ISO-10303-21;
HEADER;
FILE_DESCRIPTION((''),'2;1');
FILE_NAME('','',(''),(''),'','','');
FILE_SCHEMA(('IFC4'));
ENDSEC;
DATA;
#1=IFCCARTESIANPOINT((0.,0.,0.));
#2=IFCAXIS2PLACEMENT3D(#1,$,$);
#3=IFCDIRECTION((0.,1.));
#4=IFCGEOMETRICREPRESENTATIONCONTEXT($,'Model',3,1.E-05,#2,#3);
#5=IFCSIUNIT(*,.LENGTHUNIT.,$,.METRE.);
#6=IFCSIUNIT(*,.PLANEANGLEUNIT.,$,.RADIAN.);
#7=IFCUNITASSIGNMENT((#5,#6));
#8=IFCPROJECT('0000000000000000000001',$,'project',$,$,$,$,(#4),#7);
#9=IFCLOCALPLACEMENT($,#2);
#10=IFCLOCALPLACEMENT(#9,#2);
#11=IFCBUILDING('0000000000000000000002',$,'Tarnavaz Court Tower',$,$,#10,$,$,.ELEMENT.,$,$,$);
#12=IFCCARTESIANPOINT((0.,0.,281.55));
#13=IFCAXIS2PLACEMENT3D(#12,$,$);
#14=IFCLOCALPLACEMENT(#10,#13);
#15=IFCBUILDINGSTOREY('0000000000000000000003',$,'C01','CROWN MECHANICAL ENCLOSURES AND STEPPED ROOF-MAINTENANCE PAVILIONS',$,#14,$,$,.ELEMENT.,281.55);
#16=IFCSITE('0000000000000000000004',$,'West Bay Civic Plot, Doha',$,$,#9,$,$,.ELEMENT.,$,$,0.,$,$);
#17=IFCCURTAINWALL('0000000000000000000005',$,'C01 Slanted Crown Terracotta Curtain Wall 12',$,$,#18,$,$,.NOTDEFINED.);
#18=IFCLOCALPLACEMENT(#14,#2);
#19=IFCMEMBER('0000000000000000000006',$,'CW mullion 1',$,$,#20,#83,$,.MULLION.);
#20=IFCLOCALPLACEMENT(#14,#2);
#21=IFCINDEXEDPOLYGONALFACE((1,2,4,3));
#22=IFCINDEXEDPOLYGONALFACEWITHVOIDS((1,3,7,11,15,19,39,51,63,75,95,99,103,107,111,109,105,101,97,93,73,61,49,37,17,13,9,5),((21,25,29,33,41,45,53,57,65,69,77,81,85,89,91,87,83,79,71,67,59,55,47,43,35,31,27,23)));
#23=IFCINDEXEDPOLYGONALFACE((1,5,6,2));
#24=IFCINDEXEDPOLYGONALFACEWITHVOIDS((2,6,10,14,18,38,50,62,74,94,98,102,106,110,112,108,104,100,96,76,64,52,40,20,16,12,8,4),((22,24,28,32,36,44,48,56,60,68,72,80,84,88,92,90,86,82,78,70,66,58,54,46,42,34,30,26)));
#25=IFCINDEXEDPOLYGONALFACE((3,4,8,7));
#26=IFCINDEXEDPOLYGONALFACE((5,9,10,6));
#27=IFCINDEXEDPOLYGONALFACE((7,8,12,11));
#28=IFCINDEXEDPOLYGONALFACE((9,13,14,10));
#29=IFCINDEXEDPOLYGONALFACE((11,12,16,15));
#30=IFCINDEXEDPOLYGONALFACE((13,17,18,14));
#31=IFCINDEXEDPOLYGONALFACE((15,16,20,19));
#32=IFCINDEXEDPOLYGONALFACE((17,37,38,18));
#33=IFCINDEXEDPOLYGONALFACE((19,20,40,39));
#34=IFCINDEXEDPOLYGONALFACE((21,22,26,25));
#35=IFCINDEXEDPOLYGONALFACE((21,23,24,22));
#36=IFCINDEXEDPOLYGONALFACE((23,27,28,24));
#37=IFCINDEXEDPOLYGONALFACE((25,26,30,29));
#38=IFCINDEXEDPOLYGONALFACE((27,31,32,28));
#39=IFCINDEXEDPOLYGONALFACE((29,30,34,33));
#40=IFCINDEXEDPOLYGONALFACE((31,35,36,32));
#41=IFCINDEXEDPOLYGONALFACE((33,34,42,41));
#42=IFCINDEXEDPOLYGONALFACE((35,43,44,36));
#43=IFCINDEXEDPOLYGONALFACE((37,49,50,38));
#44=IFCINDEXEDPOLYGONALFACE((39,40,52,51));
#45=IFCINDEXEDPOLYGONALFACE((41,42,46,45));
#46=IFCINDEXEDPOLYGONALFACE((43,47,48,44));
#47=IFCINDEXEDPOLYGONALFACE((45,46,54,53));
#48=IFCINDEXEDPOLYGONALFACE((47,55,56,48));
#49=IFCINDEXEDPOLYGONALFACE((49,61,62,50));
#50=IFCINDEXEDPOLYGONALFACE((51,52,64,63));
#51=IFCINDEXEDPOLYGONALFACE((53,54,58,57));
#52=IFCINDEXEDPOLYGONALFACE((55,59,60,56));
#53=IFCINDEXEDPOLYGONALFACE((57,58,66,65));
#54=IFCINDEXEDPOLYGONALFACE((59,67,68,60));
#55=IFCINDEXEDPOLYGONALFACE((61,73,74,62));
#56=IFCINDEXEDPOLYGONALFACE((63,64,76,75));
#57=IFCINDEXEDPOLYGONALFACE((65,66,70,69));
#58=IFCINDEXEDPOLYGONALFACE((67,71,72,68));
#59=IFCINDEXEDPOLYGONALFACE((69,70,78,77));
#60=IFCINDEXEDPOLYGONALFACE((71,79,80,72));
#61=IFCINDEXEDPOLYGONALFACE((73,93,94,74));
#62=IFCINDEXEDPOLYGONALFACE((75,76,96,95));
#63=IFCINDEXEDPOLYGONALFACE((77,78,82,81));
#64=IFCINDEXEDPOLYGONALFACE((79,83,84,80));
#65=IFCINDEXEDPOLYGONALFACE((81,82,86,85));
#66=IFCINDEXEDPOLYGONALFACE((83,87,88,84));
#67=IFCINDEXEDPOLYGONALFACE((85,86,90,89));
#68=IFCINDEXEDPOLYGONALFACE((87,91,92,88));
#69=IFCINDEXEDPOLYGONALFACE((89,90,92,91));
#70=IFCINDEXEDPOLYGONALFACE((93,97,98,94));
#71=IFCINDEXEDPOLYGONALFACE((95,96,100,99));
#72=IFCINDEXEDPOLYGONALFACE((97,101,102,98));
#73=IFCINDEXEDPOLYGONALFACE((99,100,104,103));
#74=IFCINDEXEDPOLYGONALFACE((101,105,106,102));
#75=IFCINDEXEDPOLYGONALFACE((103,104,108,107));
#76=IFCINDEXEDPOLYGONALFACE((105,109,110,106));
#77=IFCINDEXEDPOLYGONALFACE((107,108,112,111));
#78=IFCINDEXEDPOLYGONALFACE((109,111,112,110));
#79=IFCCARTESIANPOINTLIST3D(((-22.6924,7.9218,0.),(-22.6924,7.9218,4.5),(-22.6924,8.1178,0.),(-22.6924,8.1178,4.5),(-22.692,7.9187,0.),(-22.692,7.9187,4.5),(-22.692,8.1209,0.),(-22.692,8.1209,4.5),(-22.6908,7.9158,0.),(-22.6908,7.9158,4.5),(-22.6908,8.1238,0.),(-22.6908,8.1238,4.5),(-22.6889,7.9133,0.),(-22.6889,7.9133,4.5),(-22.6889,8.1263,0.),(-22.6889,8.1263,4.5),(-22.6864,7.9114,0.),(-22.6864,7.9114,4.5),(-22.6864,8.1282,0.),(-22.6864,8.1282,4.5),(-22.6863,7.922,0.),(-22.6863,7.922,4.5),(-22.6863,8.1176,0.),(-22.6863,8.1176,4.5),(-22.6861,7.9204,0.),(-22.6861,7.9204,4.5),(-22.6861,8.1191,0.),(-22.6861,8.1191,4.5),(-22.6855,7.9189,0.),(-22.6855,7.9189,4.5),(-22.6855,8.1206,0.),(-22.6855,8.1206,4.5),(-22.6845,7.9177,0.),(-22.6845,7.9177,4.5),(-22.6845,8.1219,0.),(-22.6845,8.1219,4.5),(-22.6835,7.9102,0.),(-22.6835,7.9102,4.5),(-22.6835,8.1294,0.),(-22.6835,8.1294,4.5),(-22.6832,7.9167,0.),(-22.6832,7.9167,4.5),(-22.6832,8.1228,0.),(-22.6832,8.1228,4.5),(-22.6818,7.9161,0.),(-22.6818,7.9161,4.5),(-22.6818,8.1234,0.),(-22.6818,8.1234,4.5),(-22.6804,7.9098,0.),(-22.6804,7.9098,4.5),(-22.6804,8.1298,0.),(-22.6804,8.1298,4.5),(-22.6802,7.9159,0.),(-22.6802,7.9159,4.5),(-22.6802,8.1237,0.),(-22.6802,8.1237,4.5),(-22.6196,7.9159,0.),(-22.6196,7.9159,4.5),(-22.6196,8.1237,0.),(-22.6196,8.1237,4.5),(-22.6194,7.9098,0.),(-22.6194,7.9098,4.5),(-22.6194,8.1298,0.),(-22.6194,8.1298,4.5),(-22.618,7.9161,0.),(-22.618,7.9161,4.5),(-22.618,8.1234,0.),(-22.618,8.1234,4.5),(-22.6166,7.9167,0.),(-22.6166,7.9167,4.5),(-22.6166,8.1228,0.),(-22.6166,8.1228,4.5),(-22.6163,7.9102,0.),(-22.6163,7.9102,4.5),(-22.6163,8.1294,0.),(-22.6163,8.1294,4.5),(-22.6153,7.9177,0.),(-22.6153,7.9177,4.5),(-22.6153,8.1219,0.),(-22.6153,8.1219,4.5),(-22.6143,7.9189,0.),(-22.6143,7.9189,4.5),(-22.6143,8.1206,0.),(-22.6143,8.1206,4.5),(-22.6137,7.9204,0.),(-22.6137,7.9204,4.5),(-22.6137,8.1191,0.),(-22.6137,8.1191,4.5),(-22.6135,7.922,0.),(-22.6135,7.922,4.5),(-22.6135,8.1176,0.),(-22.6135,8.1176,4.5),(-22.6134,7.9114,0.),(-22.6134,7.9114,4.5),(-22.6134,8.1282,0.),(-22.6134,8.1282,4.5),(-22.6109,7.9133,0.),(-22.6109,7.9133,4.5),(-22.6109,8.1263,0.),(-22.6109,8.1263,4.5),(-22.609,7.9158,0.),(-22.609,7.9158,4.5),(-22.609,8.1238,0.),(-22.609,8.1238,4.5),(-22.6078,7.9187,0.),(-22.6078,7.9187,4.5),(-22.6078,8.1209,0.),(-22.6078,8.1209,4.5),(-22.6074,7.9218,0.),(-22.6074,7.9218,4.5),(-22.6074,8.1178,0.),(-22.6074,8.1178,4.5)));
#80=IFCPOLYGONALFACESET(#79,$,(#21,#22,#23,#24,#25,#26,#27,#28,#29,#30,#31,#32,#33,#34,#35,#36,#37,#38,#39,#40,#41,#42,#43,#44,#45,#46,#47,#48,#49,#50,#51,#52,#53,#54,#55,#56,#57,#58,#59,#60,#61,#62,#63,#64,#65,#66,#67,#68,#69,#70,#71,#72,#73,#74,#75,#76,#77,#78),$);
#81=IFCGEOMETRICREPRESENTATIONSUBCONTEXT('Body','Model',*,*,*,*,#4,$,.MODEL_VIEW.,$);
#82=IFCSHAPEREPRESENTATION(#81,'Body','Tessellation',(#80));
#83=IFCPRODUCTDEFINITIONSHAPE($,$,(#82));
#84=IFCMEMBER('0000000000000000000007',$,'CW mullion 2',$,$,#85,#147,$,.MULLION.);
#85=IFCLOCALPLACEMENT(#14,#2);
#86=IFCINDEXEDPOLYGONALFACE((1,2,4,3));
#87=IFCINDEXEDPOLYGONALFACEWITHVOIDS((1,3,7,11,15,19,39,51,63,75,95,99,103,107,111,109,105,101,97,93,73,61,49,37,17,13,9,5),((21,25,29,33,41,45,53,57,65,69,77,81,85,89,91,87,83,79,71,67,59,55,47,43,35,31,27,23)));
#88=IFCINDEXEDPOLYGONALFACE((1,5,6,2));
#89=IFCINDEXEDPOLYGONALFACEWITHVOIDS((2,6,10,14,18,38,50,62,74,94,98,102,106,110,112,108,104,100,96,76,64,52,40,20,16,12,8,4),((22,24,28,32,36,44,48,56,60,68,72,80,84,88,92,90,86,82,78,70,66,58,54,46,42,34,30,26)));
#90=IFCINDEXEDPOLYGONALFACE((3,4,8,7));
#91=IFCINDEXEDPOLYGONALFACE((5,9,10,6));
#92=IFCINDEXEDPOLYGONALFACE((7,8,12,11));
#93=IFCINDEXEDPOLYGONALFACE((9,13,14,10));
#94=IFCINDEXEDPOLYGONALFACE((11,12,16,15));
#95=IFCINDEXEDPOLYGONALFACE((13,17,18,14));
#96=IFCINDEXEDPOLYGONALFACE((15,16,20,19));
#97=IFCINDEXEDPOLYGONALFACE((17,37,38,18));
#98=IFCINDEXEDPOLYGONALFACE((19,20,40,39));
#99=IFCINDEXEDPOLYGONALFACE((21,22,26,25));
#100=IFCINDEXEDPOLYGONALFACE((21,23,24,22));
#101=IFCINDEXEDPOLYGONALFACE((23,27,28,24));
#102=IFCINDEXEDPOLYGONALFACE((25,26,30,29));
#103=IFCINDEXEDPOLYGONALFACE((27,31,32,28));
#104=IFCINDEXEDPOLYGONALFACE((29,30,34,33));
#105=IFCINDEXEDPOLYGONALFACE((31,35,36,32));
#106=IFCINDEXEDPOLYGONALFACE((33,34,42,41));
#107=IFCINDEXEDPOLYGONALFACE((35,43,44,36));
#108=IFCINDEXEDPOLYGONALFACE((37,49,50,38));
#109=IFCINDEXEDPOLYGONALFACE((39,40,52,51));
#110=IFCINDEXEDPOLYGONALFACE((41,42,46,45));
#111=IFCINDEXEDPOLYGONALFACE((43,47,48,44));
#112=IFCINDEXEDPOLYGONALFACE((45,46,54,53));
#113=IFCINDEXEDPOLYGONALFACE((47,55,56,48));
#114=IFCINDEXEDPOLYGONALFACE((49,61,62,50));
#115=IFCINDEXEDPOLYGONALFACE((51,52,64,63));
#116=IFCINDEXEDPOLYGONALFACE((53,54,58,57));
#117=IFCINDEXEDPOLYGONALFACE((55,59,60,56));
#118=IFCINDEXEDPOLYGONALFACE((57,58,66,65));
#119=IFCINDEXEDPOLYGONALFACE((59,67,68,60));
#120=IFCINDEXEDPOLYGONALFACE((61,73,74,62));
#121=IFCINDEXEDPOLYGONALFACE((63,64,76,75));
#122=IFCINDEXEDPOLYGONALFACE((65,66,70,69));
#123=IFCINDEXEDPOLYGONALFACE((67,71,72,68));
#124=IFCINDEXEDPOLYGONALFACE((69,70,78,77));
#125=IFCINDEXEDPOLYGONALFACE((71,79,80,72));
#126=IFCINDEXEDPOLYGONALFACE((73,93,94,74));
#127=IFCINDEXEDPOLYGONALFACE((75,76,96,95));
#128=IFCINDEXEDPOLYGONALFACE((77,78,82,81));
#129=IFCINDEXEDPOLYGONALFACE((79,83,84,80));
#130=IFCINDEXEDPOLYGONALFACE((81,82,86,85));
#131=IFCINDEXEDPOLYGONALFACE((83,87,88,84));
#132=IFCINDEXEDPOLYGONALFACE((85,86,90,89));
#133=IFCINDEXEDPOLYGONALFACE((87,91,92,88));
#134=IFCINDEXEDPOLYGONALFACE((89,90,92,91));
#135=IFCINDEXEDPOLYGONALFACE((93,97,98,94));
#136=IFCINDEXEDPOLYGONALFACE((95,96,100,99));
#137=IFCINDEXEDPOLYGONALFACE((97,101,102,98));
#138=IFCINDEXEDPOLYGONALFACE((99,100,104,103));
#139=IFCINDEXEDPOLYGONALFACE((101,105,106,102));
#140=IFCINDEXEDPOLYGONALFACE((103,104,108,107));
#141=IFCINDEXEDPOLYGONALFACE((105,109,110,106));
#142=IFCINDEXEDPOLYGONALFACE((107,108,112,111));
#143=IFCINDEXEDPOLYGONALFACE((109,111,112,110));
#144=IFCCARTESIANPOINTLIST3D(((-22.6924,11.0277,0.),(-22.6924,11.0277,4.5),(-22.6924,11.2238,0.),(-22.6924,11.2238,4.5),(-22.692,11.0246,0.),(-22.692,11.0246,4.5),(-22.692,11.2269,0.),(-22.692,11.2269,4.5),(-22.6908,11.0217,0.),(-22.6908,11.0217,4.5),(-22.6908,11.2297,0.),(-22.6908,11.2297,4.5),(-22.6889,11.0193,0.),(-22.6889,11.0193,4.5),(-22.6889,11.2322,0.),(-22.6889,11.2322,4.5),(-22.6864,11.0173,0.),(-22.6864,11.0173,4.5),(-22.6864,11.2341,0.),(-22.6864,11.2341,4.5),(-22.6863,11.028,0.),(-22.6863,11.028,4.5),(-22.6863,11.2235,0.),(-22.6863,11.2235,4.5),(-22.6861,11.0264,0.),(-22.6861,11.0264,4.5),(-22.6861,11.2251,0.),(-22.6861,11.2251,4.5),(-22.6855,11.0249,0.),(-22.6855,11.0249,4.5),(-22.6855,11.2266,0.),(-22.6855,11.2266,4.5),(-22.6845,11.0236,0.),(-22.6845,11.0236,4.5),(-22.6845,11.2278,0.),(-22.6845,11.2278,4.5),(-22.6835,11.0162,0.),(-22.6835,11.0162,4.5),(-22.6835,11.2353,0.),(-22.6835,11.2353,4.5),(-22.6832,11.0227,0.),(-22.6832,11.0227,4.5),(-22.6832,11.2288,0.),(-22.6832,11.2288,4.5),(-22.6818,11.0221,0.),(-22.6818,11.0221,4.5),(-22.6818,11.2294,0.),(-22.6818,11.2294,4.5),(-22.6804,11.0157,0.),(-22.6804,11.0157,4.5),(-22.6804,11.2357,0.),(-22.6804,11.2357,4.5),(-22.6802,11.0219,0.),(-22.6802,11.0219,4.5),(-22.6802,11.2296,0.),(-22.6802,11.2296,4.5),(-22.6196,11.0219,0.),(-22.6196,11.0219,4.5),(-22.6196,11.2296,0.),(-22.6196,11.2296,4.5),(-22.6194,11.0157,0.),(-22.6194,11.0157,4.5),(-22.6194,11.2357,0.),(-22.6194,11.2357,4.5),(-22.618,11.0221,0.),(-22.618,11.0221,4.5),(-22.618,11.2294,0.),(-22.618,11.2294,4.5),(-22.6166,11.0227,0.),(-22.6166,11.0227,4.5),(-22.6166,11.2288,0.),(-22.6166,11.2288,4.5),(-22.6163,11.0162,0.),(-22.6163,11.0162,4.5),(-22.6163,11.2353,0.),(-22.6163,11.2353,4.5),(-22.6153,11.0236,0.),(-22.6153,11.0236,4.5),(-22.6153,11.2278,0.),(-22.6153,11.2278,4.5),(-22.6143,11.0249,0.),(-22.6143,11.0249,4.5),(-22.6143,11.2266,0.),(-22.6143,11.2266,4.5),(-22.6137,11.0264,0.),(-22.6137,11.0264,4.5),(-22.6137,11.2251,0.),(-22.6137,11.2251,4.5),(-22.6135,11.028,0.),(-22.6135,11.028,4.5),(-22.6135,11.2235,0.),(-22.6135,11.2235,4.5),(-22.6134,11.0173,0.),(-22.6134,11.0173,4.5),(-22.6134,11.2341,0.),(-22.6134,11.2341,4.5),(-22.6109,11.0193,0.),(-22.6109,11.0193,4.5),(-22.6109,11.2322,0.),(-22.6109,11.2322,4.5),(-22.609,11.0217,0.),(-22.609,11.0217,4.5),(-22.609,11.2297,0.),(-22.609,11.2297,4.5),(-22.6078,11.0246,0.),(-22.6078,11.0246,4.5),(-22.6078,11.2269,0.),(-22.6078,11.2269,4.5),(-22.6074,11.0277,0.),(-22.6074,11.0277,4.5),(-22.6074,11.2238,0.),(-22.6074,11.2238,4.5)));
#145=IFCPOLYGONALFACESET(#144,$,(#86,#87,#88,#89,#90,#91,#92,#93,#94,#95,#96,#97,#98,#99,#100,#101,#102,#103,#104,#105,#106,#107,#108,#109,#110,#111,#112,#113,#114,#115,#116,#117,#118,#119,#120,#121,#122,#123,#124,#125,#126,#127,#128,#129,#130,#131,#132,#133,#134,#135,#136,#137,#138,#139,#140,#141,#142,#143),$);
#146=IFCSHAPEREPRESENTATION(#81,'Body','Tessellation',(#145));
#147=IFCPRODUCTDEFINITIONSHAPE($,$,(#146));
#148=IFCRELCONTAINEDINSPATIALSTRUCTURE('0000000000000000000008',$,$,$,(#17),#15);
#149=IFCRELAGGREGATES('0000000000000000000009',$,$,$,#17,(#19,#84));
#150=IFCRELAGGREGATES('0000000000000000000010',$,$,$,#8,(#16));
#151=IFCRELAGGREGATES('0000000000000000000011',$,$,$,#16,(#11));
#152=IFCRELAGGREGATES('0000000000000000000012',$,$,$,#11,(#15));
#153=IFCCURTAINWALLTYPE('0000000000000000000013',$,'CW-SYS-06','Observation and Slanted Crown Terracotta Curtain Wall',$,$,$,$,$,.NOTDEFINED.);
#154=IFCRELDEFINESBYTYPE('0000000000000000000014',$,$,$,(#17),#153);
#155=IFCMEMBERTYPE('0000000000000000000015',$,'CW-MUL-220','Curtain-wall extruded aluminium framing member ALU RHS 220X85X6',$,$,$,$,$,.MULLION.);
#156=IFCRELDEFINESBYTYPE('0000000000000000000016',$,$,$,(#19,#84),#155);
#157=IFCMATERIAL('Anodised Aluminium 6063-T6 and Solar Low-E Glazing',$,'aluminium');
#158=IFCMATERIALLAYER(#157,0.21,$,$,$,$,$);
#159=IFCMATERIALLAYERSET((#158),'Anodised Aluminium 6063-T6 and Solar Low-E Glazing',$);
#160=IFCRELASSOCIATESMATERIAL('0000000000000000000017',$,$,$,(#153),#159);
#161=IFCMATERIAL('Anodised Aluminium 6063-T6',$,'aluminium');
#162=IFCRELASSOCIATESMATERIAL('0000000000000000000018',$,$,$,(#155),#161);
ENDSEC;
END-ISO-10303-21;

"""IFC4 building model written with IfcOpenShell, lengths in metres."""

from ifc_helpers import new_model, si_unit, direction, frame, origin, origin_2d, place, context, subcontext, project, spatial, hollow_rectangle, extrude, material, layer, layer_set, material_profile, profile_set, type_object, element, aggregate, save


model = new_model("IFC4")

# Units and contexts
model_context = context("Model", 3, precision=1e-05, world=origin(), true_north=direction((0.0, 1.0)))
body_context = subcontext(model_context, "Body", "Model", "MODEL_VIEW")
ifc_project = project(units=[si_unit("LENGTHUNIT", "METRE"), si_unit("PLANEANGLEUNIT", "RADIAN")], contexts=[model_context])

# Site, building, storey
site_placement = place(None, origin())
site = spatial("IfcSite", under=ifc_project, at=site_placement, Name="West Bay Civic Plot, Doha", CompositionType="ELEMENT", RefElevation=0.0)
building_placement = place(site_placement, origin())
building = spatial("IfcBuilding", under=site, at=building_placement, Name="Tarnavaz Court Tower", CompositionType="ELEMENT")
storey_placement = place(building_placement, frame((0.0, 0.0, 281.55)))
storey = spatial("IfcBuildingStorey", under=building, at=storey_placement, Name="C01", Description="CROWN MECHANICAL ENCLOSURES AND STEPPED ROOF-MAINTENANCE PAVILIONS", CompositionType="ELEMENT", Elevation=281.55)

# Shared definitions
ifc_material_1 = material(Name="Anodised Aluminium 6063-T6 and Solar Low-E Glazing", Category="aluminium")
ifc_layer_1 = layer(ifc_material_1, 0.21)
ifc_layer_set_1 = layer_set([ifc_layer_1], Name="Anodised Aluminium 6063-T6 and Solar Low-E Glazing")
curtain_wall_type = type_object("IfcCurtainWallType", Name="CW-SYS-06", Description="Observation and Slanted Crown Terracotta Curtain Wall", PredefinedType="NOTDEFINED", material=ifc_layer_set_1)
ifc_material_2 = material(Name="Anodised Aluminium 6063-T6", Category="aluminium")
ifc_material_profile_1 = material_profile(ifc_material_2, hollow_rectangle(XDim=0.085, YDim=0.22, WallThickness=0.0061, InnerFilletRadius=0.0061, OuterFilletRadius=0.012, at=origin_2d()), Name="ALU RHS 220X85X6")
ifc_profile_set_1 = profile_set([ifc_material_profile_1], Name="Anodised Aluminium 6063-T6")
member_type_1 = type_object("IfcMemberType", Name="CW-MUL-220", Description="Curtain-wall extruded aluminium framing member ALU RHS 220X85X6", PredefinedType="MULLION", material=ifc_profile_set_1)

# Curtain wall, members
curtain_wall_1_placement = place(storey_placement, origin())
curtain_wall_1 = element("IfcCurtainWall", 1, at=curtain_wall_1_placement, inside=storey, type_object=curtain_wall_type, Name="C01 Slanted Crown Terracotta Curtain Wall 12", PredefinedType="NOTDEFINED")
member_1_placement = place(storey_placement, frame((-22.6499, 8.0198, 0.0), z_axis=(0.0, 0.0, 1.0), x_axis=(-1.0, 0.0, 0.0)))
member_1 = element("IfcMember", 2, at=member_1_placement, type_object=member_type_1, Name="CW mullion 1", PredefinedType="MULLION", context=body_context, shape_type="SweptSolid", body=[
    extrude(hollow_rectangle(XDim=0.085, YDim=0.22, WallThickness=0.0061, InnerFilletRadius=0.0061, OuterFilletRadius=0.012, at=origin_2d()), origin(), (0.0, 0.0, 1.0), 4.5),
])
member_2_placement = place(storey_placement, frame((-22.6499, 11.1257, 0.0), z_axis=(0.0, 0.0, 1.0), x_axis=(-1.0, 0.0, 0.0)))
member_2 = element("IfcMember", 3, at=member_2_placement, type_object=member_type_1, Name="CW mullion 2", PredefinedType="MULLION", context=body_context, shape_type="SweptSolid", body=[
    extrude(hollow_rectangle(XDim=0.085, YDim=0.22, WallThickness=0.0061, InnerFilletRadius=0.0061, OuterFilletRadius=0.012, at=origin_2d()), origin(), (0.0, 0.0, 1.0), 4.5),
])

aggregate(curtain_wall_1, [member_1, member_2])

save(model, "model.ifc")
